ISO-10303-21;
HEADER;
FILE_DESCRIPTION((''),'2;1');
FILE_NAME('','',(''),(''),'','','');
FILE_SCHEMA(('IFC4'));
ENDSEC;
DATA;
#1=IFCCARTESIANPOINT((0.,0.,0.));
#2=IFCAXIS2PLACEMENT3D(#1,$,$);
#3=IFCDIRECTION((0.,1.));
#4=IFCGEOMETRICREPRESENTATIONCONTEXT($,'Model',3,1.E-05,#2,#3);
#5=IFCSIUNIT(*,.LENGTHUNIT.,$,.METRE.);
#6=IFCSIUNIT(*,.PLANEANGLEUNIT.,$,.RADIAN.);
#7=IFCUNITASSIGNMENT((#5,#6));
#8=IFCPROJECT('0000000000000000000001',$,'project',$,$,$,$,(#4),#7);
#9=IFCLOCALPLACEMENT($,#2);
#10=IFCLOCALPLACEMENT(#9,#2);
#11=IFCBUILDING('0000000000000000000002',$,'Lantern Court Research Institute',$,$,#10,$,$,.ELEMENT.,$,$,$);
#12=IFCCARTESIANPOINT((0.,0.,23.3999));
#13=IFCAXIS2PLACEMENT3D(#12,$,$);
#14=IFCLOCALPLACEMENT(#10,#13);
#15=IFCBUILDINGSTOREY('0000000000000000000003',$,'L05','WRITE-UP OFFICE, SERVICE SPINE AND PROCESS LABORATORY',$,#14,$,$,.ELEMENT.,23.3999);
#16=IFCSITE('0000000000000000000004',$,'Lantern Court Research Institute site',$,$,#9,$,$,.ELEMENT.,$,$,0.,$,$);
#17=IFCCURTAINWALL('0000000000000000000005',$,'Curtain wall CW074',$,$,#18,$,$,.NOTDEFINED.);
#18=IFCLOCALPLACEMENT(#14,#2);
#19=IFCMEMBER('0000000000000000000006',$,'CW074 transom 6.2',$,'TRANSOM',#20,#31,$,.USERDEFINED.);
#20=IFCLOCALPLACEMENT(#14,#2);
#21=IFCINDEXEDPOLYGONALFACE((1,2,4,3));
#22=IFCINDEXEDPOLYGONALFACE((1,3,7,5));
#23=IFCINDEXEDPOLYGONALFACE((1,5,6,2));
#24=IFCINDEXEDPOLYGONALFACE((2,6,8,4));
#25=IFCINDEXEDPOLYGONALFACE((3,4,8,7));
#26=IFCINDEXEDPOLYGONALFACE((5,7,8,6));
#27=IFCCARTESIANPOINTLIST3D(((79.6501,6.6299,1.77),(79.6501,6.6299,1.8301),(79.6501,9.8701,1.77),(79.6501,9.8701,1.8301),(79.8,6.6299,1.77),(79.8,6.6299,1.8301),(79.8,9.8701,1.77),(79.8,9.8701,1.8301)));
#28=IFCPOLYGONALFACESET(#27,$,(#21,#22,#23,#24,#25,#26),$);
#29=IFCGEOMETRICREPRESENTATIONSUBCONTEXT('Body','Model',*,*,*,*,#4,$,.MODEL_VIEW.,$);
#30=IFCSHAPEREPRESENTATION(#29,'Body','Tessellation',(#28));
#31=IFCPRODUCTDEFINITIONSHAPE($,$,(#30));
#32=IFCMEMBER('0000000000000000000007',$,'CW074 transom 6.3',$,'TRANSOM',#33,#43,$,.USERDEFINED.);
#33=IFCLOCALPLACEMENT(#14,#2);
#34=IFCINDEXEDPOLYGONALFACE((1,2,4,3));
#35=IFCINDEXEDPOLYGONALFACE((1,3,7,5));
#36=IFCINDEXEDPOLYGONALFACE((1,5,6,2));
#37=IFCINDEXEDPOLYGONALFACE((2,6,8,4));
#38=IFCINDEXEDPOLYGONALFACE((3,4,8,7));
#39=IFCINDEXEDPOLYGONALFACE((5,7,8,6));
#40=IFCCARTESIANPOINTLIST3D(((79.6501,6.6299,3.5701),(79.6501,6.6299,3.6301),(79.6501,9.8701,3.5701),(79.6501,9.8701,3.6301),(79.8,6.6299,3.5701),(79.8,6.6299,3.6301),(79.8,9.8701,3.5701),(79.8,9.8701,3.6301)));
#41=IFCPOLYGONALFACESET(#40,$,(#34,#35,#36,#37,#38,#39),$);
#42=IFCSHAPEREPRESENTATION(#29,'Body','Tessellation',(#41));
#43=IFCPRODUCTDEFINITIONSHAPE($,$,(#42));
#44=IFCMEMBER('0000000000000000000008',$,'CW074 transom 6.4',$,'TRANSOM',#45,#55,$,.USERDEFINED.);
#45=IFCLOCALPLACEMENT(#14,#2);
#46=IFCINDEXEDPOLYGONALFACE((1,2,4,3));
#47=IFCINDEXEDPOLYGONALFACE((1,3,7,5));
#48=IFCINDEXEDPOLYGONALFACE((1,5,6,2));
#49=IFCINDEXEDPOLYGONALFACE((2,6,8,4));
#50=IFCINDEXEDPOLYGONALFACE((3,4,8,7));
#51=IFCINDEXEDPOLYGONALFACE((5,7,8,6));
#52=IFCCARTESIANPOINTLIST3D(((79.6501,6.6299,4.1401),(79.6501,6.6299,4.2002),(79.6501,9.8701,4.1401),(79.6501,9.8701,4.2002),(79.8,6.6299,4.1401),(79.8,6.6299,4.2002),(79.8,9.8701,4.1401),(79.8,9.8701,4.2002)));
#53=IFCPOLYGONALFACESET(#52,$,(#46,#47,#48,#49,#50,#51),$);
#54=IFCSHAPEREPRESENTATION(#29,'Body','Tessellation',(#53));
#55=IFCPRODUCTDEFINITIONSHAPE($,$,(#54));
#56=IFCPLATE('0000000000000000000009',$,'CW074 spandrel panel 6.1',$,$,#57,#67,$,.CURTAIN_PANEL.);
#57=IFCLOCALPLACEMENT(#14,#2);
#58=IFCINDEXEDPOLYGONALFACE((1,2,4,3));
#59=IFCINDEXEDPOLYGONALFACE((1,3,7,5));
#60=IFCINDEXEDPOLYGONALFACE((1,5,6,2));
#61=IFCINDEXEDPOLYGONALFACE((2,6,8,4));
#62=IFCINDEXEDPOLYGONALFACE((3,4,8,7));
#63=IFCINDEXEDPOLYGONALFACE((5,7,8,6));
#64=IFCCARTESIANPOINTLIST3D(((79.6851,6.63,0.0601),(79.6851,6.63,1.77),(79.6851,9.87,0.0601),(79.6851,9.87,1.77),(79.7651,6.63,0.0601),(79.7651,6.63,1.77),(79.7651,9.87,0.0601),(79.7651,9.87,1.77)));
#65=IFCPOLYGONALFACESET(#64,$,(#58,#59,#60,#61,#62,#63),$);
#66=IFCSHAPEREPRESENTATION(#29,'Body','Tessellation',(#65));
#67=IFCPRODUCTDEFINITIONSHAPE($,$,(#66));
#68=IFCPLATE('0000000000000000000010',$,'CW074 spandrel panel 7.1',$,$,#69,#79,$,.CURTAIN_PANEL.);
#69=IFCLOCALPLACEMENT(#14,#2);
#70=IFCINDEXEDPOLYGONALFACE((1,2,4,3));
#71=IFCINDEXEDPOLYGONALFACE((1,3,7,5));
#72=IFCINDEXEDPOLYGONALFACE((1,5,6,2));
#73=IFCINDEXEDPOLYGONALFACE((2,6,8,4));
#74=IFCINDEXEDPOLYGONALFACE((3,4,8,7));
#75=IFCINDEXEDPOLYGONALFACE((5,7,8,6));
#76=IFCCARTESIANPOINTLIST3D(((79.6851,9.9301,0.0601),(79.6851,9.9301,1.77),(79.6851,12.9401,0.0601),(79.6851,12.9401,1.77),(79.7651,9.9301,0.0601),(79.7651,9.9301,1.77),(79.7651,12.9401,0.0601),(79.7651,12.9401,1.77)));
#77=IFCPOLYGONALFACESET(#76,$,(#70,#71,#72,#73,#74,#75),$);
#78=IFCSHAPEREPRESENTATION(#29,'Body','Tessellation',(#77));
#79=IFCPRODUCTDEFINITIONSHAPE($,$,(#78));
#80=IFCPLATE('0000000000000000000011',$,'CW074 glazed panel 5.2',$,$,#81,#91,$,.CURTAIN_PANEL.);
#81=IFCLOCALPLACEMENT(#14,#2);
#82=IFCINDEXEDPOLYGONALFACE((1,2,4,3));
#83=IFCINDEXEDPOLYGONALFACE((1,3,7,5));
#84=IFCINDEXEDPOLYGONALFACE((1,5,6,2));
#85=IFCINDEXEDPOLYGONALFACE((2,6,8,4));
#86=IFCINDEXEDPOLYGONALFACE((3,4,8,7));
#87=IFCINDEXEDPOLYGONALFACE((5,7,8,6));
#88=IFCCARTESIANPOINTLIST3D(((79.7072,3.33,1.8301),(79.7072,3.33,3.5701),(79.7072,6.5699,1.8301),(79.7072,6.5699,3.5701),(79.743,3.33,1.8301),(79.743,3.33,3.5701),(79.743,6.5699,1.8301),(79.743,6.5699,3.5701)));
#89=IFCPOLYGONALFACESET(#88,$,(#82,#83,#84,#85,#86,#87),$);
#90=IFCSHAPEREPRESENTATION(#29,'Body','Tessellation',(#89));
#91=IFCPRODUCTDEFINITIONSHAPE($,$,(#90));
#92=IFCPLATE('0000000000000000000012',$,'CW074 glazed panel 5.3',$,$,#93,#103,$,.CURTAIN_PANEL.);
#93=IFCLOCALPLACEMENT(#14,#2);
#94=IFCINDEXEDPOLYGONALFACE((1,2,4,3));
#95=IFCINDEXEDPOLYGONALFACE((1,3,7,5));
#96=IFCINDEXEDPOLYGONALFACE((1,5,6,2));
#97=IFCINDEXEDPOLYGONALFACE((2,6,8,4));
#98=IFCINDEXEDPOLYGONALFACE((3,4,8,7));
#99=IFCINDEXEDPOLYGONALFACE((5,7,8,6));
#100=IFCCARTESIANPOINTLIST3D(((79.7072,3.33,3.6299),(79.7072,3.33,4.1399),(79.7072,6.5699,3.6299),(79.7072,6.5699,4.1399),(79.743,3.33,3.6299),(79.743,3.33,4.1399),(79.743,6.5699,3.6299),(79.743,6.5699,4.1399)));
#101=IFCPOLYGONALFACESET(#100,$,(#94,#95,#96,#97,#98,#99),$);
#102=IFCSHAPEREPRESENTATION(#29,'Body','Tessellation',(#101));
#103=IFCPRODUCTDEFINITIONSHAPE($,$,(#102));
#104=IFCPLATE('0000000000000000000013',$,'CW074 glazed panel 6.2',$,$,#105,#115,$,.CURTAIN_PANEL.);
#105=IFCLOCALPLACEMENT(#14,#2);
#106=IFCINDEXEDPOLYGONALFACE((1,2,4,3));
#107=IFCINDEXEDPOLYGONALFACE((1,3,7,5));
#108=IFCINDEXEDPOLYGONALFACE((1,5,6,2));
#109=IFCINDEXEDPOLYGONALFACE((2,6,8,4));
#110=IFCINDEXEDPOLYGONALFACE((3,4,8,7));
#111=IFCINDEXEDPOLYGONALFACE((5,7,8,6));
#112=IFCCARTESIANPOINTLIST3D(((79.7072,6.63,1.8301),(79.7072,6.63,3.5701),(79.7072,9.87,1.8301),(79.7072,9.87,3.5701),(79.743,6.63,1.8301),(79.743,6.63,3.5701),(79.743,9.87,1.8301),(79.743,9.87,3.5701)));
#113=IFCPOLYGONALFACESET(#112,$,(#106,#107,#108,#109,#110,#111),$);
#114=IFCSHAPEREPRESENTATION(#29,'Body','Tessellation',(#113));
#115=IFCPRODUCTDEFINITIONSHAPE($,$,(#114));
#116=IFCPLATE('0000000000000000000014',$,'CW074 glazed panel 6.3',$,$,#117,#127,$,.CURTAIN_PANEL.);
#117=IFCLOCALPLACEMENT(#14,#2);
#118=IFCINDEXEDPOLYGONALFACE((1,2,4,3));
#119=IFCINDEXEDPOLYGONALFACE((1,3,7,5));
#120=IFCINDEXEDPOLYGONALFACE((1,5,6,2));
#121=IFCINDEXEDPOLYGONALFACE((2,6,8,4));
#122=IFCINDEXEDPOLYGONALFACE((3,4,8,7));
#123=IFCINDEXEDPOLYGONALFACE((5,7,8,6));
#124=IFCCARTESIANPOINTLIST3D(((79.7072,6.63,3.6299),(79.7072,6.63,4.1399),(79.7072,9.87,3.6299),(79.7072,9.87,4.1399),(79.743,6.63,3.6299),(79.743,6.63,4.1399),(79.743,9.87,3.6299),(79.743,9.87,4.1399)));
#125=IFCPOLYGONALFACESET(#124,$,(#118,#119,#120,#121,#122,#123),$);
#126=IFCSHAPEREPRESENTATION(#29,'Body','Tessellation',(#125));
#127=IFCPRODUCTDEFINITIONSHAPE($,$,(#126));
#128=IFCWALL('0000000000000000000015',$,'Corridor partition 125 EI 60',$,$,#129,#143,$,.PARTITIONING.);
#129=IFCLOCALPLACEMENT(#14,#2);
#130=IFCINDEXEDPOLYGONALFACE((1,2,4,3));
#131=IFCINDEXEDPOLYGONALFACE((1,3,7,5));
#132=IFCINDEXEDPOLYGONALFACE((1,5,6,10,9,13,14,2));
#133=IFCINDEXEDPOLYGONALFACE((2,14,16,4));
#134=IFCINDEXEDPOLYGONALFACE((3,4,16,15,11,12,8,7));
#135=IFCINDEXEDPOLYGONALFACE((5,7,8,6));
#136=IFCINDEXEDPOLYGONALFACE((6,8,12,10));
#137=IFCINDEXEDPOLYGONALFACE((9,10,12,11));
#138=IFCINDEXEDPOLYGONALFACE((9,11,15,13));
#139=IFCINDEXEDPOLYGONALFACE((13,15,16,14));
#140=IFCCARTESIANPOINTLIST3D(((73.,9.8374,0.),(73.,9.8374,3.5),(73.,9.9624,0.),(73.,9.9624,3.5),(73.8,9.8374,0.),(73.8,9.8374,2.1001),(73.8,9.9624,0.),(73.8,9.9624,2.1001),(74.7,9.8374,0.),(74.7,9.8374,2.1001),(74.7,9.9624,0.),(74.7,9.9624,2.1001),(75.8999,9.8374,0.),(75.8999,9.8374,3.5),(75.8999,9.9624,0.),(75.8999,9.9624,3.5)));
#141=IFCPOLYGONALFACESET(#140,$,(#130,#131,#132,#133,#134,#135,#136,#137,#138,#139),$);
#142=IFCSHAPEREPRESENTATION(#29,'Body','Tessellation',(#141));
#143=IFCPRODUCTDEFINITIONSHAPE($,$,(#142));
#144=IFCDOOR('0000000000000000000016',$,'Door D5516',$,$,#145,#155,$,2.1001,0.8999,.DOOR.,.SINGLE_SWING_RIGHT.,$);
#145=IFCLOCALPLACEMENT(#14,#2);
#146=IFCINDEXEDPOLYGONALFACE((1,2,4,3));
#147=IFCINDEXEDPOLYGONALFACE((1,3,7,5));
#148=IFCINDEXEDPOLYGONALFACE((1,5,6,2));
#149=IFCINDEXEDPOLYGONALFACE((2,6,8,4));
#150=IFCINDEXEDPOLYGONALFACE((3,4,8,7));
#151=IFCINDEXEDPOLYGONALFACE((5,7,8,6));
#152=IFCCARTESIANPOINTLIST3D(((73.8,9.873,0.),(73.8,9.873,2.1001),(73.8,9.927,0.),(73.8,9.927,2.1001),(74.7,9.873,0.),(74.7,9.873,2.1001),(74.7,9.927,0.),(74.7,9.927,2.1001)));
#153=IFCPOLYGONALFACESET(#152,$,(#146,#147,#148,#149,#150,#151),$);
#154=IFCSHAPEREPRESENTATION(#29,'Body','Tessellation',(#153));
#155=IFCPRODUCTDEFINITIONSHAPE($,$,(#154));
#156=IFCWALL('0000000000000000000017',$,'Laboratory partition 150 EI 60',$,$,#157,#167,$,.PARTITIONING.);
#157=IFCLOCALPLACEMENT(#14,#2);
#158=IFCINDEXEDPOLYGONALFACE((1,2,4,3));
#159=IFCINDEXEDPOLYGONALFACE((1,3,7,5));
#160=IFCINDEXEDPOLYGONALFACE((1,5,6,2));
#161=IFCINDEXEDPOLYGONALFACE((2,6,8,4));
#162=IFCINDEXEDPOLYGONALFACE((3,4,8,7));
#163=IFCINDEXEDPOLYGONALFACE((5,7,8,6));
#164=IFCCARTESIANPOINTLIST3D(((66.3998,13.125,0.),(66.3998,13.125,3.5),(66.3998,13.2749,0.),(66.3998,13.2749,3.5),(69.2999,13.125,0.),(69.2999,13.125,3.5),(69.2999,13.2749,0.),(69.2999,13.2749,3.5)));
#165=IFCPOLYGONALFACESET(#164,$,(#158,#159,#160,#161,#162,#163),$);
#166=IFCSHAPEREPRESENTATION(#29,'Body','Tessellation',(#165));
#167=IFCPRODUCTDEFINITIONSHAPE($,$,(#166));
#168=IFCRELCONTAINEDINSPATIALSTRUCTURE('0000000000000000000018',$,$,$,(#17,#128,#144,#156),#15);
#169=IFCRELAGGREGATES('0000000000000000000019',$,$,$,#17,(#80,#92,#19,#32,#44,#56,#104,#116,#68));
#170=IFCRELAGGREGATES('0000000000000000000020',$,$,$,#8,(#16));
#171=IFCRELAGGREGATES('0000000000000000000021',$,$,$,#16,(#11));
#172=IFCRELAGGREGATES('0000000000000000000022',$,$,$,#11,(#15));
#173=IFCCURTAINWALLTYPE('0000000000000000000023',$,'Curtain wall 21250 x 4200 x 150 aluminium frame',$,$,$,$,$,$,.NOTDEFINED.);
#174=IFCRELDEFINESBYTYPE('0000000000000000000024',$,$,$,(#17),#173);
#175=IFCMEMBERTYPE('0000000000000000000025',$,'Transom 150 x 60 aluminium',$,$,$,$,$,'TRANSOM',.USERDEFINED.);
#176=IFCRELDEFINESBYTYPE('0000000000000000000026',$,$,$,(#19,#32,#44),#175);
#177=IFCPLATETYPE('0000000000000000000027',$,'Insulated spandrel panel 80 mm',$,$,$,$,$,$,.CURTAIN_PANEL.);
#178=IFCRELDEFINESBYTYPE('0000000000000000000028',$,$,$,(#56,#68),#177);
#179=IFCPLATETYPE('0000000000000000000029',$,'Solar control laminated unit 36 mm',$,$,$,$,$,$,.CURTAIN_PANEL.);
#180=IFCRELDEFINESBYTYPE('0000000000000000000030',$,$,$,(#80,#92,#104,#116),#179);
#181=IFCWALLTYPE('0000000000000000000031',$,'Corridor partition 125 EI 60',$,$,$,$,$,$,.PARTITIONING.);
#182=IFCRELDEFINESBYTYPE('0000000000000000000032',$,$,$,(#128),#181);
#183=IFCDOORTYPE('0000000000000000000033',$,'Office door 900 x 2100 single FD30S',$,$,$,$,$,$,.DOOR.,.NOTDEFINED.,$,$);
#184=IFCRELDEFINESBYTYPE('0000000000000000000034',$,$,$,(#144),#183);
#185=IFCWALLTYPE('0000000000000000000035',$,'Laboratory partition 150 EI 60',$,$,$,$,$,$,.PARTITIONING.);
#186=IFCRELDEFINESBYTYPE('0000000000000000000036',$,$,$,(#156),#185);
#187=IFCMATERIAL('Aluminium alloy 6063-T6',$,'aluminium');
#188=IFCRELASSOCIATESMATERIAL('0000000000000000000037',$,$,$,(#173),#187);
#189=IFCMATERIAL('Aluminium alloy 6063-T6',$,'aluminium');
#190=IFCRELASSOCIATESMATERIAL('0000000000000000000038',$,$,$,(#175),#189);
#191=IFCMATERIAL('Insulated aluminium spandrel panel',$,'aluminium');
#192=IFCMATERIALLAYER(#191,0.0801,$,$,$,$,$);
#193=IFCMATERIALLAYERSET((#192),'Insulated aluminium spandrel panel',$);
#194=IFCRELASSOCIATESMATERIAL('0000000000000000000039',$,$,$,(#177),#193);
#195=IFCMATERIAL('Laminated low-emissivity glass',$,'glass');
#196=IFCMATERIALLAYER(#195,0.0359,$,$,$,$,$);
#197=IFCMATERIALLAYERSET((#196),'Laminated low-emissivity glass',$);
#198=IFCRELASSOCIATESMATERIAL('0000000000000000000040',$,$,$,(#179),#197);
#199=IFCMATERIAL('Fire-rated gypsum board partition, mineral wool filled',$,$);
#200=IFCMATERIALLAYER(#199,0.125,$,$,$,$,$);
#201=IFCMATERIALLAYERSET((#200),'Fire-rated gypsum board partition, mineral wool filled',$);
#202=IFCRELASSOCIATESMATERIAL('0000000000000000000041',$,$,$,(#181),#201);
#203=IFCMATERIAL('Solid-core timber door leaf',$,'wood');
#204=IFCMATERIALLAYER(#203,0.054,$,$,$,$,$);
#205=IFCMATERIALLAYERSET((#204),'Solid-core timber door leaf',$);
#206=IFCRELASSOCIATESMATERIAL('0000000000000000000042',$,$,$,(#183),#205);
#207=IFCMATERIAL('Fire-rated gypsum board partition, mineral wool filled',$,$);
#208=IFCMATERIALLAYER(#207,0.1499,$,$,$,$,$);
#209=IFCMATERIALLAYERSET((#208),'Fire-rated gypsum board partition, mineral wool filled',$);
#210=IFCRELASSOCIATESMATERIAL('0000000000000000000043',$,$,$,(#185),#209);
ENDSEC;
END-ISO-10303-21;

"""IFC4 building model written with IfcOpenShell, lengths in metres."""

from ifc_helpers import new_model, si_unit, direction, frame, frame_2d, origin, origin_2d, place, context, subcontext, project, spatial, rectangle, extrude, material, layer, layer_set, material_profile, profile_set, type_object, element, fill, aggregate, save


model = new_model("IFC4")

# Units and contexts
model_context = context("Model", 3, precision=1e-05, world=origin(), true_north=direction((0.0, 1.0)))
body_context = subcontext(model_context, "Body", "Model", "MODEL_VIEW")
ifc_project = project(units=[si_unit("LENGTHUNIT", "METRE"), si_unit("PLANEANGLEUNIT", "RADIAN")], contexts=[model_context])

# Site, building, storey
site_placement = place(None, origin())
site = spatial("IfcSite", under=ifc_project, at=site_placement, Name="Lantern Court Research Institute site", CompositionType="ELEMENT", RefElevation=0.0)
building_placement = place(site_placement, origin())
building = spatial("IfcBuilding", under=site, at=building_placement, Name="Lantern Court Research Institute", CompositionType="ELEMENT")
storey_placement = place(building_placement, frame((0.0, 0.0, 23.3999)))
storey = spatial("IfcBuildingStorey", under=building, at=storey_placement, Name="L05", Description="WRITE-UP OFFICE, SERVICE SPINE AND PROCESS LABORATORY", CompositionType="ELEMENT", Elevation=23.3999)

# Curtain wall
ifc_material_1 = material(Name="Aluminium alloy 6063-T6", Category="aluminium")
curtain_wall_type = type_object("IfcCurtainWallType", Name="Curtain wall 21250 x 4200 x 150 aluminium frame", PredefinedType="NOTDEFINED", material=ifc_material_1)
curtain_wall_placement = place(storey_placement, origin())
curtain_wall = element("IfcCurtainWall", 1, at=curtain_wall_placement, inside=storey, type_object=curtain_wall_type, Name="Curtain wall CW074", PredefinedType="NOTDEFINED")

# Members
ifc_material_2 = material(Name="Aluminium alloy 6063-T6", Category="aluminium")
ifc_material_profile_1 = material_profile(ifc_material_2, rectangle(XDim=0.1499, YDim=0.0601, at=origin_2d()), Name="Transom 150 x 60")
ifc_profile_set_1 = profile_set([ifc_material_profile_1], Name="Aluminium alloy 6063-T6")
member_type_1 = type_object("IfcMemberType", Name="Transom 150 x 60 aluminium", ElementType="TRANSOM", PredefinedType="USERDEFINED", material=ifc_profile_set_1)
member_1_placement = place(storey_placement, frame((79.7251, 9.8701, 1.8), z_axis=(0.0, -1.0, 0.0), x_axis=(1.0, 0.0, 0.0)))
member_1 = element("IfcMember", 2, at=member_1_placement, type_object=member_type_1, Name="CW074 transom 6.2", ObjectType="TRANSOM", PredefinedType="USERDEFINED", context=body_context, shape_type="SweptSolid", body=[
    extrude(rectangle(XDim=0.1499, YDim=0.0601, at=origin_2d()), origin(), (0.0, 0.0, 1.0), 3.2402),
])
member_2_placement = place(storey_placement, frame((79.7251, 9.8701, 3.6001), z_axis=(0.0, -1.0, 0.0), x_axis=(1.0, 0.0, 0.0)))
member_2 = element("IfcMember", 3, at=member_2_placement, type_object=member_type_1, Name="CW074 transom 6.3", ObjectType="TRANSOM", PredefinedType="USERDEFINED", context=body_context, shape_type="SweptSolid", body=[
    extrude(rectangle(XDim=0.1499, YDim=0.0601, at=origin_2d()), origin(), (0.0, 0.0, 1.0), 3.2402),
])
member_3_placement = place(storey_placement, frame((79.7251, 9.8701, 4.1702), z_axis=(0.0, -1.0, 0.0), x_axis=(1.0, 0.0, 0.0)))
member_3 = element("IfcMember", 4, at=member_3_placement, type_object=member_type_1, Name="CW074 transom 6.4", ObjectType="TRANSOM", PredefinedType="USERDEFINED", context=body_context, shape_type="SweptSolid", body=[
    extrude(rectangle(XDim=0.1499, YDim=0.0601, at=origin_2d()), origin(), (0.0, 0.0, 1.0), 3.2402),
])

# Plates
ifc_material_3 = material(Name="Insulated aluminium spandrel panel", Category="aluminium")
ifc_layer_1 = layer(ifc_material_3, 0.0801)
ifc_layer_set_1 = layer_set([ifc_layer_1], Name="Insulated aluminium spandrel panel")
plate_type_1 = type_object("IfcPlateType", Name="Insulated spandrel panel 80 mm", PredefinedType="CURTAIN_PANEL", material=ifc_layer_set_1)
plate_1_placement = place(storey_placement, frame((79.7251, 8.25, 0.0601), z_axis=(0.0, 0.0, 1.0), x_axis=(0.0, -1.0, 0.0)))
plate_1 = element("IfcPlate", 5, at=plate_1_placement, type_object=plate_type_1, Name="CW074 spandrel panel 6.1", PredefinedType="CURTAIN_PANEL", context=body_context, shape_type="SweptSolid", body=[
    extrude(rectangle(XDim=3.24, YDim=0.0801, at=origin_2d()), origin(), (0.0, 0.0, 1.0), 1.71),
])
plate_2_placement = place(storey_placement, frame((79.7251, 11.4351, 0.0601), z_axis=(0.0, 0.0, 1.0), x_axis=(0.0, -1.0, 0.0)))
plate_2 = element("IfcPlate", 6, at=plate_2_placement, type_object=plate_type_1, Name="CW074 spandrel panel 7.1", PredefinedType="CURTAIN_PANEL", context=body_context, shape_type="SweptSolid", body=[
    extrude(rectangle(XDim=3.01, YDim=0.0801, at=origin_2d()), origin(), (0.0, 0.0, 1.0), 1.71),
])
ifc_material_4 = material(Name="Laminated low-emissivity glass", Category="glass")
ifc_layer_2 = layer(ifc_material_4, 0.0359)
ifc_layer_set_2 = layer_set([ifc_layer_2], Name="Laminated low-emissivity glass")
plate_type_2 = type_object("IfcPlateType", Name="Solar control laminated unit 36 mm", PredefinedType="CURTAIN_PANEL", material=ifc_layer_set_2)
plate_3_placement = place(storey_placement, frame((79.7251, 4.95, 1.8301), z_axis=(0.0, 0.0, 1.0), x_axis=(0.0, -1.0, 0.0)))
plate_3 = element("IfcPlate", 7, at=plate_3_placement, type_object=plate_type_2, Name="CW074 glazed panel 5.2", PredefinedType="CURTAIN_PANEL", context=body_context, shape_type="SweptSolid", body=[
    extrude(rectangle(XDim=3.24, YDim=0.0359, at=origin_2d()), origin(), (0.0, 0.0, 1.0), 1.74),
])
plate_4_placement = place(storey_placement, frame((79.7251, 4.95, 3.6299), z_axis=(0.0, 0.0, 1.0), x_axis=(0.0, -1.0, 0.0)))
plate_4 = element("IfcPlate", 8, at=plate_4_placement, type_object=plate_type_2, Name="CW074 glazed panel 5.3", PredefinedType="CURTAIN_PANEL", context=body_context, shape_type="SweptSolid", body=[
    extrude(rectangle(XDim=3.24, YDim=0.0359, at=origin_2d()), origin(), (0.0, 0.0, 1.0), 0.51),
])
plate_5_placement = place(storey_placement, frame((79.7251, 8.25, 1.8301), z_axis=(0.0, 0.0, 1.0), x_axis=(0.0, -1.0, 0.0)))
plate_5 = element("IfcPlate", 9, at=plate_5_placement, type_object=plate_type_2, Name="CW074 glazed panel 6.2", PredefinedType="CURTAIN_PANEL", context=body_context, shape_type="SweptSolid", body=[
    extrude(rectangle(XDim=3.24, YDim=0.0359, at=origin_2d()), origin(), (0.0, 0.0, 1.0), 1.74),
])
plate_6_placement = place(storey_placement, frame((79.7251, 8.25, 3.6299), z_axis=(0.0, 0.0, 1.0), x_axis=(0.0, -1.0, 0.0)))
plate_6 = element("IfcPlate", 10, at=plate_6_placement, type_object=plate_type_2, Name="CW074 glazed panel 6.3", PredefinedType="CURTAIN_PANEL", context=body_context, shape_type="SweptSolid", body=[
    extrude(rectangle(XDim=3.24, YDim=0.0359, at=origin_2d()), origin(), (0.0, 0.0, 1.0), 0.51),
])
aggregate(curtain_wall, [plate_3, plate_4, member_1, member_2, member_3, plate_1, plate_5, plate_6, plate_2])

# Wall, opening, door
ifc_material_5 = material(Name="Fire-rated gypsum board partition, mineral wool filled")
ifc_layer_3 = layer(ifc_material_5, 0.125)
ifc_layer_set_3 = layer_set([ifc_layer_3], Name="Fire-rated gypsum board partition, mineral wool filled")
wall_type_1 = type_object("IfcWallType", Name="Corridor partition 125 EI 60", PredefinedType="PARTITIONING", material=ifc_layer_set_3)
wall_1_placement = place(storey_placement, frame((75.8999, 9.8999, 0.0), z_axis=(0.0, 0.0, 1.0), x_axis=(-1.0, 0.0, 0.0)))
wall_1 = element("IfcWall", 11, at=wall_1_placement, inside=storey, type_object=wall_type_1, Name="Corridor partition 125 EI 60", PredefinedType="PARTITIONING", context=body_context, shape_type="SweptSolid", body=[
    extrude(rectangle(XDim=2.8999, YDim=0.125, at=frame_2d((1.45, 0.0))), origin(), (0.0, 0.0, 1.0), 3.5),
])
opening_1_placement = place(wall_1_placement, frame((1.2, 0.0, 0.0)))
opening_1 = element("IfcOpeningElement", 12, at=opening_1_placement, cuts=wall_1, PredefinedType="OPENING", context=body_context, shape_type="SweptSolid", body=[
    extrude(rectangle(XDim=0.8999, YDim=2.1001, at=frame_2d((0.45, 1.05))), frame((0.0, 0.0725, 0.0), z_axis=(0.0, -1.0, 0.0), x_axis=(1.0, 0.0, 0.0)), (0.0, 0.0, 1.0), 0.145),
])
ifc_material_6 = material(Name="Solid-core timber door leaf", Category="wood")
ifc_layer_4 = layer(ifc_material_6, 0.054)
ifc_layer_set_4 = layer_set([ifc_layer_4], Name="Solid-core timber door leaf")
door_type_1 = type_object("IfcDoorType", Name="Office door 900 x 2100 single FD30S", OperationType="NOTDEFINED", PredefinedType="DOOR", material=ifc_layer_set_4)
door_1_placement = place(opening_1_placement, origin())
door_1 = element("IfcDoor", 13, at=door_1_placement, inside=storey, type_object=door_type_1, Name="Door D5516", OperationType="SINGLE_SWING_RIGHT", OverallHeight=2.1001, OverallWidth=0.8999, PredefinedType="DOOR", context=body_context, shape_type="SweptSolid", body=[
    extrude(rectangle(XDim=0.8999, YDim=2.1001, at=frame_2d((0.45, 1.05))), frame((0.0, 0.0269, 0.0), z_axis=(0.0, -1.0, 0.0), x_axis=(1.0, 0.0, 0.0)), (0.0, 0.0, 1.0), 0.054),
])
fill(opening_1, door_1)

# Wall
ifc_material_7 = material(Name="Fire-rated gypsum board partition, mineral wool filled")
ifc_layer_5 = layer(ifc_material_7, 0.1499)
ifc_layer_set_5 = layer_set([ifc_layer_5], Name="Fire-rated gypsum board partition, mineral wool filled")
wall_type_2 = type_object("IfcWallType", Name="Laboratory partition 150 EI 60", PredefinedType="PARTITIONING", material=ifc_layer_set_5)
wall_2_placement = place(storey_placement, frame((69.3, 13.2, 0.0), z_axis=(0.0, 0.0, 1.0), x_axis=(-1.0, 0.0, 0.0)))
element("IfcWall", 14, at=wall_2_placement, inside=storey, type_object=wall_type_2, Name="Laboratory partition 150 EI 60", PredefinedType="PARTITIONING", context=body_context, shape_type="SweptSolid", body=[
    extrude(rectangle(XDim=2.9001, YDim=0.1499, at=frame_2d((1.4502, 0.0))), origin(), (0.0, 0.0, 1.0), 3.5),
])

save(model, "model.ifc")
